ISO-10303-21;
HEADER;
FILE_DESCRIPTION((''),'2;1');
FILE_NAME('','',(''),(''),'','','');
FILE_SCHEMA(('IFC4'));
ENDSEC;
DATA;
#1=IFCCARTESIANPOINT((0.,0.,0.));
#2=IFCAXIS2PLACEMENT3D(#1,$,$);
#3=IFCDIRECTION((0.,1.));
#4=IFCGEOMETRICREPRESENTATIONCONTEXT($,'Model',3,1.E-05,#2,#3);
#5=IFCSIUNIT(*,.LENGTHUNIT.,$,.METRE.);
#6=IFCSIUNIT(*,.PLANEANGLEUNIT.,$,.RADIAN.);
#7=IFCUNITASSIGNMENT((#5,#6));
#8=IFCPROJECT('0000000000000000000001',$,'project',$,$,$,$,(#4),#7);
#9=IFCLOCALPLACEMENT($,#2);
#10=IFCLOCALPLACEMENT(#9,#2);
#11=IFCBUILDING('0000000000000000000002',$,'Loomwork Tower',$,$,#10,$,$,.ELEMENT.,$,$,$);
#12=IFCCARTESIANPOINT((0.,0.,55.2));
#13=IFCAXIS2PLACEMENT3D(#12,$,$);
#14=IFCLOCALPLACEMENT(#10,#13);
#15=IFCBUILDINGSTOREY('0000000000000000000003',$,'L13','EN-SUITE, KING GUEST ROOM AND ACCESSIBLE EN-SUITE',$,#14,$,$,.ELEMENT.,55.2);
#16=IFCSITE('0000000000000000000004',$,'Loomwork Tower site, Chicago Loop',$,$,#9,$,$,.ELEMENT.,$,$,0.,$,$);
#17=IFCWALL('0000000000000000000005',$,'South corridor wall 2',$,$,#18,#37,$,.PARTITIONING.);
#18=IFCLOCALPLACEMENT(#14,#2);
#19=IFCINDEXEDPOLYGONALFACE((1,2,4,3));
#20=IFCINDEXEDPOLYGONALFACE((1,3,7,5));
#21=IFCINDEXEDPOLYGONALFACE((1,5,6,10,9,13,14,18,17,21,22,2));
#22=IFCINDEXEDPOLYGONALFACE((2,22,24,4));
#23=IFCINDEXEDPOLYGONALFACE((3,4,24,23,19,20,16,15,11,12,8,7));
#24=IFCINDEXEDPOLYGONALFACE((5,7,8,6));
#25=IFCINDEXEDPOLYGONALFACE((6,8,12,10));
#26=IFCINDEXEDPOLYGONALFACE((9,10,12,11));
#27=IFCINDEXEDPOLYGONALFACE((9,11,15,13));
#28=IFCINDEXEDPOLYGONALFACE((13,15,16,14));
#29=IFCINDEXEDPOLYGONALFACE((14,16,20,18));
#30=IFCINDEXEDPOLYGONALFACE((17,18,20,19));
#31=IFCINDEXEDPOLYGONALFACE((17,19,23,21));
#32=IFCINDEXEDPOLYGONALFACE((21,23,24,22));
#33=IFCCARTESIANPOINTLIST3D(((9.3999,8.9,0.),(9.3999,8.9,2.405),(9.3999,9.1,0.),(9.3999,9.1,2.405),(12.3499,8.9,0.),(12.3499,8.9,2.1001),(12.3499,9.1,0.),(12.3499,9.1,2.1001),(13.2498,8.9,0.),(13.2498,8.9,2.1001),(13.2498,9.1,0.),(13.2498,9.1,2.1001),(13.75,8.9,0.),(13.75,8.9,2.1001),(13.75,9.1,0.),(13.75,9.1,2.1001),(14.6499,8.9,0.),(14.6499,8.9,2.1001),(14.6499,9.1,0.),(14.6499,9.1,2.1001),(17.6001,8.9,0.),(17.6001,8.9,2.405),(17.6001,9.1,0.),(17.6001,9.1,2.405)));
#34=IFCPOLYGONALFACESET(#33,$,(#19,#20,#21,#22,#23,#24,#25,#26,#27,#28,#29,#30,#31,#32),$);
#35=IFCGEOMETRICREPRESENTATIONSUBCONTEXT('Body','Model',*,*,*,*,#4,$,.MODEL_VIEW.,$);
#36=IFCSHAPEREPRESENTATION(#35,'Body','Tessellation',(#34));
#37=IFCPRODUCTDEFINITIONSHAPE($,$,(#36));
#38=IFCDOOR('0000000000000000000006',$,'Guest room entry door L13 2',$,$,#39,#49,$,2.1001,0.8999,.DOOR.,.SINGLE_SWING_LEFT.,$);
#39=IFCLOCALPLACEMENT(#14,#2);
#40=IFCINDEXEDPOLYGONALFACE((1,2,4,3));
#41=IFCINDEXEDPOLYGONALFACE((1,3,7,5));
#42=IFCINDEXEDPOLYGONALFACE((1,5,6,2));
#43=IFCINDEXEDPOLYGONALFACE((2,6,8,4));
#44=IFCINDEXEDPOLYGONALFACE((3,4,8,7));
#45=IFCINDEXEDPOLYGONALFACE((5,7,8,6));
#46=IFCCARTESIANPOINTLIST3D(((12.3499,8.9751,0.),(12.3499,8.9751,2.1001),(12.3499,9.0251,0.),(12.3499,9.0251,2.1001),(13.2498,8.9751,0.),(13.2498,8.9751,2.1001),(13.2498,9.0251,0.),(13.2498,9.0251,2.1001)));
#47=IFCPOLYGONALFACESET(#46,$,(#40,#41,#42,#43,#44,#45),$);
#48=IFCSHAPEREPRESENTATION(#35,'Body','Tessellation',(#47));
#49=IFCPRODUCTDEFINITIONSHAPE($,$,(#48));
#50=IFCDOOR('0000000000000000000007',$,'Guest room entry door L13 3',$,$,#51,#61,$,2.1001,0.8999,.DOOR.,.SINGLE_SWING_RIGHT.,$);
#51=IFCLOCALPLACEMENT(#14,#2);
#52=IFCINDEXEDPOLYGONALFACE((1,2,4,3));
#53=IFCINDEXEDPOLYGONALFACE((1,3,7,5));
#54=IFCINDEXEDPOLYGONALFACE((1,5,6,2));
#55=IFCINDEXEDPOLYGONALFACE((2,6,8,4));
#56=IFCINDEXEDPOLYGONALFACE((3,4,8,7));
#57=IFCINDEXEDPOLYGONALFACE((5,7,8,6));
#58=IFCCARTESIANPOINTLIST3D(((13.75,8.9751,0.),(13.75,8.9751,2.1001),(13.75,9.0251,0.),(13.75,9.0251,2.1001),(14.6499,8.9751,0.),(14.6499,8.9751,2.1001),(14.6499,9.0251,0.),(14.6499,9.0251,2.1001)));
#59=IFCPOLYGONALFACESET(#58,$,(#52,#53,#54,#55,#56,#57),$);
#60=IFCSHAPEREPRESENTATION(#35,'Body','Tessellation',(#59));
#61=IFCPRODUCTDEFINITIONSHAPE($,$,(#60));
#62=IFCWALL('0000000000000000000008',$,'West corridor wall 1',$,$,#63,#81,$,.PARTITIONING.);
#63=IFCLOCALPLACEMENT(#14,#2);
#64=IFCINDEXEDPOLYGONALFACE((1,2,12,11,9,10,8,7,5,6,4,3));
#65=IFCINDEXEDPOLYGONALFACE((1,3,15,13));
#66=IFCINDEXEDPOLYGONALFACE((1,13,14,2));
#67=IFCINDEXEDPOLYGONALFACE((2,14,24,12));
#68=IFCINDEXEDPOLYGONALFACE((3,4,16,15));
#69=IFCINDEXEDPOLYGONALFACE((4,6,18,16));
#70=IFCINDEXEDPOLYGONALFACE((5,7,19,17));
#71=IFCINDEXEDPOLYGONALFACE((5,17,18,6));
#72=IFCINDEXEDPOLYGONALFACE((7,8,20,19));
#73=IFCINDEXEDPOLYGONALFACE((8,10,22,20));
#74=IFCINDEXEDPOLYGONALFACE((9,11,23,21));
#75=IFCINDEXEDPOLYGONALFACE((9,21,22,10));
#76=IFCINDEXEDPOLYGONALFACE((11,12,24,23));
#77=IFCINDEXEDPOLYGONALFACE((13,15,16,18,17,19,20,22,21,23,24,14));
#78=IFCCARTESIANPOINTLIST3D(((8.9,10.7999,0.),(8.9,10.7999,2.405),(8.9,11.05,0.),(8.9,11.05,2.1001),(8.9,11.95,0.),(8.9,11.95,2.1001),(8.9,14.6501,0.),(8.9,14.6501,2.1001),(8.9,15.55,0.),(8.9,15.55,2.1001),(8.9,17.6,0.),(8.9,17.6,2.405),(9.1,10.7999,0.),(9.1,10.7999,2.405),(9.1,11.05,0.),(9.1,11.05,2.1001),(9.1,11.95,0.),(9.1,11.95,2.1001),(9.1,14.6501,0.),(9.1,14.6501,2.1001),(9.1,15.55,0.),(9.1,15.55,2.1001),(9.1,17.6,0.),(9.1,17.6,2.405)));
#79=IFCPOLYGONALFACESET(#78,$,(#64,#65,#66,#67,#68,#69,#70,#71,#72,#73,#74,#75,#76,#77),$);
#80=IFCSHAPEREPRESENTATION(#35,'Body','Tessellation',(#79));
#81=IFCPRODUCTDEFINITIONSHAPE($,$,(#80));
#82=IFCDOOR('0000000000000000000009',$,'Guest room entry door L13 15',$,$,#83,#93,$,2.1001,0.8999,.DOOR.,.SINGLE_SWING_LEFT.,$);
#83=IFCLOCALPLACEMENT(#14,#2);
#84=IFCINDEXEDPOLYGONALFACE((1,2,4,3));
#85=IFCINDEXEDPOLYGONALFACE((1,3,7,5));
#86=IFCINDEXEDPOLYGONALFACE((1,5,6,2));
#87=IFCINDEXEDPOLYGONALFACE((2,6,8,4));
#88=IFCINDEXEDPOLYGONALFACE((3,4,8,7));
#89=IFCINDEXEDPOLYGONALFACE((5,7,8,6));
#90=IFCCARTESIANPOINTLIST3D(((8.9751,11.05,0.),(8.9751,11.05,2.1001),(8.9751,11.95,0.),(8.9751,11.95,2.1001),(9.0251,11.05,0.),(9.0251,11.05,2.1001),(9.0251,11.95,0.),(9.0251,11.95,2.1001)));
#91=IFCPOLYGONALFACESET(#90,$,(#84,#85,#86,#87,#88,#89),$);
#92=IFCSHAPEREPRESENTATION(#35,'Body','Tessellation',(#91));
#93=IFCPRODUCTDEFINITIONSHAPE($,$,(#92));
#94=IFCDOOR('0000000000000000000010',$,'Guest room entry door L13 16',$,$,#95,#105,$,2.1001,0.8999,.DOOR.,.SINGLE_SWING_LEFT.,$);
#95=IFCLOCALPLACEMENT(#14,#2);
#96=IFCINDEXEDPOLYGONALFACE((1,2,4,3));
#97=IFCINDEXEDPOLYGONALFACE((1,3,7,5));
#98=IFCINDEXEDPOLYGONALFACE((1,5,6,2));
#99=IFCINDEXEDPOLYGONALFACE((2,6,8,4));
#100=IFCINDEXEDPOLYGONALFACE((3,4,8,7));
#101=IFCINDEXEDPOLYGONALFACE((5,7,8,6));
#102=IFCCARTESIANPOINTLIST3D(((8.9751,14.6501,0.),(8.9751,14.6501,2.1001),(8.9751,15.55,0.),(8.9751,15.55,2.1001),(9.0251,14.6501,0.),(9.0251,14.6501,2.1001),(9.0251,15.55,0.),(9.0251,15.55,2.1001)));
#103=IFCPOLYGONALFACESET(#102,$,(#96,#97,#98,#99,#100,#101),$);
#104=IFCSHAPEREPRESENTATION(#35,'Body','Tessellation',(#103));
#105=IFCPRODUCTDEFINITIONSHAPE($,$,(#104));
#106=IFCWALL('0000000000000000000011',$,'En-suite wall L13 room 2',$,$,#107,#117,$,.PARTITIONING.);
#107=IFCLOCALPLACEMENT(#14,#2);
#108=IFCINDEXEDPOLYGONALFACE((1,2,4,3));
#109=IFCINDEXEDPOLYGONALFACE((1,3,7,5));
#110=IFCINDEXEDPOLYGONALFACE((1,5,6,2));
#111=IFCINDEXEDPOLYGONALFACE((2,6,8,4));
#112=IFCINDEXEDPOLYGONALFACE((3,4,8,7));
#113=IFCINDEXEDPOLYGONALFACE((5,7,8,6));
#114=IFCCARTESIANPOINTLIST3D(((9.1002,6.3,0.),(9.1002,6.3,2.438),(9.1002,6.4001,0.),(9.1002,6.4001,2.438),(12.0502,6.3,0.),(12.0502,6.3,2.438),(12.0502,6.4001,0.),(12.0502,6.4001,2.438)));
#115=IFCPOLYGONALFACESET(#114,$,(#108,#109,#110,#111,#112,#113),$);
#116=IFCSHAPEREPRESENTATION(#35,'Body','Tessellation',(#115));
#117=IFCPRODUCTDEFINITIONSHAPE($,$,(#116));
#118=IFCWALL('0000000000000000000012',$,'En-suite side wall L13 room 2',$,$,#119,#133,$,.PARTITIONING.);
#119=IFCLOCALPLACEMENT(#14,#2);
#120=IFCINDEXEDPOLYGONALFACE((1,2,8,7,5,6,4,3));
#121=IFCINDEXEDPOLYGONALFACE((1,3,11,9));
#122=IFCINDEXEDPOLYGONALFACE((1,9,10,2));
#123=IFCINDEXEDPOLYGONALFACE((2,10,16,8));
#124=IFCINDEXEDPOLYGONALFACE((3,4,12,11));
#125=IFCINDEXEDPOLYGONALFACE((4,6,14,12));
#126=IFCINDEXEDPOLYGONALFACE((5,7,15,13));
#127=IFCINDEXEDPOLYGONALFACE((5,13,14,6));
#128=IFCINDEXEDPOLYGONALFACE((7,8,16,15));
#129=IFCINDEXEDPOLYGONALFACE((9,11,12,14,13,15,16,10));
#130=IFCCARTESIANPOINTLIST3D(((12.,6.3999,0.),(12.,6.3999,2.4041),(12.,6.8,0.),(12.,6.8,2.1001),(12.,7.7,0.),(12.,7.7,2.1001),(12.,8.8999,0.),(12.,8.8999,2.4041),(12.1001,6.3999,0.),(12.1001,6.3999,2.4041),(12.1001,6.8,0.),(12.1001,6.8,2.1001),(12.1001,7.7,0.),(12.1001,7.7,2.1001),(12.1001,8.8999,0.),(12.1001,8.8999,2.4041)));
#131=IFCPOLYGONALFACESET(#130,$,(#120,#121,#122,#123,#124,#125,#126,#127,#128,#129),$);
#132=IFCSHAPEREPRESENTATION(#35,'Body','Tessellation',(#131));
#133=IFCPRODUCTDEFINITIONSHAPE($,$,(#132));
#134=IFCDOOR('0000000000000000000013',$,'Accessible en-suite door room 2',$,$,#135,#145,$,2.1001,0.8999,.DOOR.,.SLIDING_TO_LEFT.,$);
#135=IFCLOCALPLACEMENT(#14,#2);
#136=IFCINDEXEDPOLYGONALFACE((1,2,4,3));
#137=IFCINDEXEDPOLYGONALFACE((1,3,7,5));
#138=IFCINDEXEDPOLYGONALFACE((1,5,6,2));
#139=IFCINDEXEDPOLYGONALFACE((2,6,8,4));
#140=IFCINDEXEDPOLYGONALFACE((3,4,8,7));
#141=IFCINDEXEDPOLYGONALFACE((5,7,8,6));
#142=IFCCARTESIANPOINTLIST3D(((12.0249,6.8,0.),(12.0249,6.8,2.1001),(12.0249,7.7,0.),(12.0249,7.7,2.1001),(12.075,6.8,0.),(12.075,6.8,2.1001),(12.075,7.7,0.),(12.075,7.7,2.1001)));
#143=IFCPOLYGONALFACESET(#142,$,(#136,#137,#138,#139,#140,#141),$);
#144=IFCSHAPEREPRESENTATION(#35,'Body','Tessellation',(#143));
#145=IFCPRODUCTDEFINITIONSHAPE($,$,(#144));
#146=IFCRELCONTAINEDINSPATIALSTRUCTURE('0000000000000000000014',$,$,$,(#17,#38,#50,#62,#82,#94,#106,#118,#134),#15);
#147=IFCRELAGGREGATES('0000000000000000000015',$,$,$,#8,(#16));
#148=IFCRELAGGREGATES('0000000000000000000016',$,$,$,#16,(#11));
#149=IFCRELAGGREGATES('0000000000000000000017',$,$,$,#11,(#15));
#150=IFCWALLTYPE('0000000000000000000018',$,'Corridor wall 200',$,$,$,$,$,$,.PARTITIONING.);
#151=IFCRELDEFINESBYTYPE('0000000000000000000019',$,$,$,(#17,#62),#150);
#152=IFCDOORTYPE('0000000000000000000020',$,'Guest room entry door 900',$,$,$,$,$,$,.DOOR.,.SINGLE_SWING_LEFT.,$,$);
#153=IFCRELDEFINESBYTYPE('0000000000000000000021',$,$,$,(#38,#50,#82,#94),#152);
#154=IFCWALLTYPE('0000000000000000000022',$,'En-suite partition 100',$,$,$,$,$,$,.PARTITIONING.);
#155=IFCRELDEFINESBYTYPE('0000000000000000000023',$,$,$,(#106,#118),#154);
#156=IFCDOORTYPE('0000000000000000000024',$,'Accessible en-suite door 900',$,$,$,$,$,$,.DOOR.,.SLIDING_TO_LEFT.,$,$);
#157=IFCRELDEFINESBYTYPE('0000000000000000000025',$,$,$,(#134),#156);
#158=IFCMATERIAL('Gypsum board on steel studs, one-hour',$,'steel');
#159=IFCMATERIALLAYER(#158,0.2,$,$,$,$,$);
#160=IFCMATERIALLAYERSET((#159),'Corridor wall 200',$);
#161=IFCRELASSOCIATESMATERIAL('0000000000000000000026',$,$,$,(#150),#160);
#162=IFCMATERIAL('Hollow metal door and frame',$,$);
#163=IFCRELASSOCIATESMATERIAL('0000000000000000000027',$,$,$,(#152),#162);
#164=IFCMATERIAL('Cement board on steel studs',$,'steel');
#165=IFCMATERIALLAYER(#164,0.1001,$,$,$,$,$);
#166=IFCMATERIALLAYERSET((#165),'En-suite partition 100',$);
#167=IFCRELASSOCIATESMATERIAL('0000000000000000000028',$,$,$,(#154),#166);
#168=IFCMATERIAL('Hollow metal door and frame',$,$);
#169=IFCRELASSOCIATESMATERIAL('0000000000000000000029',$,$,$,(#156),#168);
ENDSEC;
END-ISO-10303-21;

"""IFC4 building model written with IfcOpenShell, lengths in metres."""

from ifc_helpers import new_model, si_unit, direction, frame, frame_2d, origin, place, context, subcontext, project, spatial, rectangle, extrude, material, layer, layer_set, type_object, element, fill, save


model = new_model("IFC4")

# Units and contexts
model_context = context("Model", 3, precision=1e-05, world=origin(), true_north=direction((0.0, 1.0)))
body_context = subcontext(model_context, "Body", "Model", "MODEL_VIEW")
ifc_project = project(units=[si_unit("LENGTHUNIT", "METRE"), si_unit("PLANEANGLEUNIT", "RADIAN")], contexts=[model_context])

# Site, building, storey
site_placement = place(None, origin())
site = spatial("IfcSite", under=ifc_project, at=site_placement, Name="Loomwork Tower site, Chicago Loop", CompositionType="ELEMENT", RefElevation=0.0)
building_placement = place(site_placement, origin())
building = spatial("IfcBuilding", under=site, at=building_placement, Name="Loomwork Tower", CompositionType="ELEMENT")
storey_placement = place(building_placement, frame((0.0, 0.0, 55.2)))
storey = spatial("IfcBuildingStorey", under=building, at=storey_placement, Name="L13", Description="EN-SUITE, KING GUEST ROOM AND ACCESSIBLE EN-SUITE", CompositionType="ELEMENT", Elevation=55.2)

# Walls, openings, doors
ifc_material_1 = material(Name="Gypsum board on steel studs, one-hour", Category="steel")
ifc_layer_1 = layer(ifc_material_1, 0.2)
ifc_layer_set_1 = layer_set([ifc_layer_1], Name="Corridor wall 200")
wall_type_1 = type_object("IfcWallType", Name="Corridor wall 200", PredefinedType="PARTITIONING", material=ifc_layer_set_1)
wall_1_placement = place(storey_placement, frame((9.3999, 9.0, 0.0), z_axis=(0.0, 0.0, 1.0), x_axis=(1.0, 0.0, 0.0)))
wall_1 = element("IfcWall", 1, at=wall_1_placement, inside=storey, type_object=wall_type_1, Name="South corridor wall 2", PredefinedType="PARTITIONING", context=body_context, shape_type="SweptSolid", body=[
    extrude(rectangle(XDim=8.2002, YDim=0.2, at=frame_2d((4.1001, 0.0))), origin(), (0.0, 0.0, 1.0), 2.405),
])
opening_1_placement = place(wall_1_placement, frame((2.95, 0.0, 0.0)))
opening_1 = element("IfcOpeningElement", 2, at=opening_1_placement, cuts=wall_1, PredefinedType="OPENING", context=body_context, shape_type="SweptSolid", body=[
    extrude(rectangle(XDim=0.8999, YDim=2.1001, at=frame_2d((0.45, 1.05))), frame((0.0, 0.1099, 0.0), z_axis=(0.0, -1.0, 0.0), x_axis=(1.0, 0.0, 0.0)), (0.0, 0.0, 1.0), 0.22),
])
opening_2_placement = place(wall_1_placement, frame((4.3501, 0.0, 0.0)))
opening_2 = element("IfcOpeningElement", 3, at=opening_2_placement, cuts=wall_1, PredefinedType="OPENING", context=body_context, shape_type="SweptSolid", body=[
    extrude(rectangle(XDim=0.8999, YDim=2.1001, at=frame_2d((0.45, 1.05))), frame((0.0, 0.1099, 0.0), z_axis=(0.0, -1.0, 0.0), x_axis=(1.0, 0.0, 0.0)), (0.0, 0.0, 1.0), 0.22),
])
ifc_material_2 = material(Name="Hollow metal door and frame")
door_type_1 = type_object("IfcDoorType", Name="Guest room entry door 900", OperationType="SINGLE_SWING_LEFT", PredefinedType="DOOR", material=ifc_material_2)
door_1_placement = place(opening_1_placement, frame((0.8999, 0.0, 0.0), z_axis=(0.0, 0.0, 1.0), x_axis=(-1.0, 0.0, 0.0)))
door_1 = element("IfcDoor", 4, at=door_1_placement, inside=storey, type_object=door_type_1, Name="Guest room entry door L13 2", OperationType="SINGLE_SWING_LEFT", OverallHeight=2.1001, OverallWidth=0.8999, PredefinedType="DOOR", context=body_context, shape_type="SweptSolid", body=[
    extrude(rectangle(XDim=0.8999, YDim=2.1001, at=frame_2d((0.45, 1.05))), frame((0.0, 0.0249, 0.0), z_axis=(0.0, -1.0, 0.0), x_axis=(1.0, 0.0, 0.0)), (0.0, 0.0, 1.0), 0.05),
])
fill(opening_1, door_1)
door_2_placement = place(opening_2_placement, frame((0.8999, 0.0, 0.0), z_axis=(0.0, 0.0, 1.0), x_axis=(-1.0, 0.0, 0.0)))
door_2 = element("IfcDoor", 5, at=door_2_placement, inside=storey, type_object=door_type_1, Name="Guest room entry door L13 3", OperationType="SINGLE_SWING_RIGHT", OverallHeight=2.1001, OverallWidth=0.8999, PredefinedType="DOOR", context=body_context, shape_type="SweptSolid", body=[
    extrude(rectangle(XDim=0.8999, YDim=2.1001, at=frame_2d((0.45, 1.05))), frame((0.0, 0.0249, 0.0), z_axis=(0.0, -1.0, 0.0), x_axis=(1.0, 0.0, 0.0)), (0.0, 0.0, 1.0), 0.05),
])
fill(opening_2, door_2)
wall_2_placement = place(storey_placement, frame((9.0, 10.8, 0.0), z_axis=(0.0, 0.0, 1.0), x_axis=(0.0, 1.0, 0.0)))
wall_2 = element("IfcWall", 6, at=wall_2_placement, inside=storey, type_object=wall_type_1, Name="West corridor wall 1", PredefinedType="PARTITIONING", context=body_context, shape_type="SweptSolid", body=[
    extrude(rectangle(XDim=6.8, YDim=0.2, at=frame_2d((3.3999, 0.0))), origin(), (0.0, 0.0, 1.0), 2.405),
])
opening_3_placement = place(wall_2_placement, frame((0.25, 0.0, 0.0)))
opening_3 = element("IfcOpeningElement", 7, at=opening_3_placement, cuts=wall_2, PredefinedType="OPENING", context=body_context, shape_type="SweptSolid", body=[
    extrude(rectangle(XDim=0.8999, YDim=2.1001, at=frame_2d((0.45, 1.05))), frame((0.0, 0.1099, 0.0), z_axis=(0.0, -1.0, 0.0), x_axis=(1.0, 0.0, 0.0)), (0.0, 0.0, 1.0), 0.22),
])
opening_4_placement = place(wall_2_placement, frame((3.8501, 0.0, 0.0)))
opening_4 = element("IfcOpeningElement", 8, at=opening_4_placement, cuts=wall_2, PredefinedType="OPENING", context=body_context, shape_type="SweptSolid", body=[
    extrude(rectangle(XDim=0.8999, YDim=2.1001, at=frame_2d((0.45, 1.05))), frame((0.0, 0.1099, 0.0), z_axis=(0.0, -1.0, 0.0), x_axis=(1.0, 0.0, 0.0)), (0.0, 0.0, 1.0), 0.22),
])
door_3_placement = place(opening_3_placement, origin())
door_3 = element("IfcDoor", 9, at=door_3_placement, inside=storey, type_object=door_type_1, Name="Guest room entry door L13 15", OperationType="SINGLE_SWING_LEFT", OverallHeight=2.1001, OverallWidth=0.8999, PredefinedType="DOOR", context=body_context, shape_type="SweptSolid", body=[
    extrude(rectangle(XDim=0.8999, YDim=2.1001, at=frame_2d((0.45, 1.05))), frame((0.0, 0.0249, 0.0), z_axis=(0.0, -1.0, 0.0), x_axis=(1.0, 0.0, 0.0)), (0.0, 0.0, 1.0), 0.05),
])
fill(opening_3, door_3)
door_4_placement = place(opening_4_placement, origin())
door_4 = element("IfcDoor", 10, at=door_4_placement, inside=storey, type_object=door_type_1, Name="Guest room entry door L13 16", OperationType="SINGLE_SWING_LEFT", OverallHeight=2.1001, OverallWidth=0.8999, PredefinedType="DOOR", context=body_context, shape_type="SweptSolid", body=[
    extrude(rectangle(XDim=0.8999, YDim=2.1001, at=frame_2d((0.45, 1.05))), frame((0.0, 0.0249, 0.0), z_axis=(0.0, -1.0, 0.0), x_axis=(1.0, 0.0, 0.0)), (0.0, 0.0, 1.0), 0.05),
])
fill(opening_4, door_4)

# Wall
ifc_material_3 = material(Name="Cement board on steel studs", Category="steel")
ifc_layer_2 = layer(ifc_material_3, 0.1001)
ifc_layer_set_2 = layer_set([ifc_layer_2], Name="En-suite partition 100")
wall_type_2 = type_object("IfcWallType", Name="En-suite partition 100", PredefinedType="PARTITIONING", material=ifc_layer_set_2)
wall_3_placement = place(storey_placement, frame((9.1001, 6.3501, 0.0), z_axis=(0.0, 0.0, 1.0), x_axis=(1.0, 0.0, 0.0)))
element("IfcWall", 11, at=wall_3_placement, inside=storey, type_object=wall_type_2, Name="En-suite wall L13 room 2", PredefinedType="PARTITIONING", context=body_context, shape_type="SweptSolid", body=[
    extrude(rectangle(XDim=2.95, YDim=0.1001, at=frame_2d((1.4751, 0.0))), origin(), (0.0, 0.0, 1.0), 2.438),
])

# Wall, opening, door
wall_4_placement = place(storey_placement, frame((12.05, 8.8999, 0.0), z_axis=(0.0, 0.0, 1.0), x_axis=(0.0, -1.0, 0.0)))
wall_4 = element("IfcWall", 12, at=wall_4_placement, inside=storey, type_object=wall_type_2, Name="En-suite side wall L13 room 2", PredefinedType="PARTITIONING", context=body_context, shape_type="SweptSolid", body=[
    extrude(rectangle(XDim=2.5, YDim=0.1001, at=frame_2d((1.25, 0.0))), origin(), (0.0, 0.0, 1.0), 2.4041),
])
opening_5_placement = place(wall_4_placement, frame((1.2, 0.0, 0.0)))
opening_5 = element("IfcOpeningElement", 13, at=opening_5_placement, cuts=wall_4, PredefinedType="OPENING", context=body_context, shape_type="SweptSolid", body=[
    extrude(rectangle(XDim=0.8999, YDim=2.1001, at=frame_2d((0.45, 1.05))), frame((0.0, 0.0601, 0.0), z_axis=(0.0, -1.0, 0.0), x_axis=(1.0, 0.0, 0.0)), (0.0, 0.0, 1.0), 0.1201),
])
ifc_material_4 = material(Name="Hollow metal door and frame")
door_type_2 = type_object("IfcDoorType", Name="Accessible en-suite door 900", OperationType="SLIDING_TO_LEFT", PredefinedType="DOOR", material=ifc_material_4)
door_5_placement = place(opening_5_placement, origin())
door_5 = element("IfcDoor", 14, at=door_5_placement, inside=storey, type_object=door_type_2, Name="Accessible en-suite door room 2", OperationType="SLIDING_TO_LEFT", OverallHeight=2.1001, OverallWidth=0.8999, PredefinedType="DOOR", context=body_context, shape_type="SweptSolid", body=[
    extrude(rectangle(XDim=0.8999, YDim=2.1001, at=frame_2d((0.45, 1.05))), frame((0.0, 0.0249, 0.0), z_axis=(0.0, -1.0, 0.0), x_axis=(1.0, 0.0, 0.0)), (0.0, 0.0, 1.0), 0.05),
])
fill(opening_5, door_5)

save(model, "model.ifc")
